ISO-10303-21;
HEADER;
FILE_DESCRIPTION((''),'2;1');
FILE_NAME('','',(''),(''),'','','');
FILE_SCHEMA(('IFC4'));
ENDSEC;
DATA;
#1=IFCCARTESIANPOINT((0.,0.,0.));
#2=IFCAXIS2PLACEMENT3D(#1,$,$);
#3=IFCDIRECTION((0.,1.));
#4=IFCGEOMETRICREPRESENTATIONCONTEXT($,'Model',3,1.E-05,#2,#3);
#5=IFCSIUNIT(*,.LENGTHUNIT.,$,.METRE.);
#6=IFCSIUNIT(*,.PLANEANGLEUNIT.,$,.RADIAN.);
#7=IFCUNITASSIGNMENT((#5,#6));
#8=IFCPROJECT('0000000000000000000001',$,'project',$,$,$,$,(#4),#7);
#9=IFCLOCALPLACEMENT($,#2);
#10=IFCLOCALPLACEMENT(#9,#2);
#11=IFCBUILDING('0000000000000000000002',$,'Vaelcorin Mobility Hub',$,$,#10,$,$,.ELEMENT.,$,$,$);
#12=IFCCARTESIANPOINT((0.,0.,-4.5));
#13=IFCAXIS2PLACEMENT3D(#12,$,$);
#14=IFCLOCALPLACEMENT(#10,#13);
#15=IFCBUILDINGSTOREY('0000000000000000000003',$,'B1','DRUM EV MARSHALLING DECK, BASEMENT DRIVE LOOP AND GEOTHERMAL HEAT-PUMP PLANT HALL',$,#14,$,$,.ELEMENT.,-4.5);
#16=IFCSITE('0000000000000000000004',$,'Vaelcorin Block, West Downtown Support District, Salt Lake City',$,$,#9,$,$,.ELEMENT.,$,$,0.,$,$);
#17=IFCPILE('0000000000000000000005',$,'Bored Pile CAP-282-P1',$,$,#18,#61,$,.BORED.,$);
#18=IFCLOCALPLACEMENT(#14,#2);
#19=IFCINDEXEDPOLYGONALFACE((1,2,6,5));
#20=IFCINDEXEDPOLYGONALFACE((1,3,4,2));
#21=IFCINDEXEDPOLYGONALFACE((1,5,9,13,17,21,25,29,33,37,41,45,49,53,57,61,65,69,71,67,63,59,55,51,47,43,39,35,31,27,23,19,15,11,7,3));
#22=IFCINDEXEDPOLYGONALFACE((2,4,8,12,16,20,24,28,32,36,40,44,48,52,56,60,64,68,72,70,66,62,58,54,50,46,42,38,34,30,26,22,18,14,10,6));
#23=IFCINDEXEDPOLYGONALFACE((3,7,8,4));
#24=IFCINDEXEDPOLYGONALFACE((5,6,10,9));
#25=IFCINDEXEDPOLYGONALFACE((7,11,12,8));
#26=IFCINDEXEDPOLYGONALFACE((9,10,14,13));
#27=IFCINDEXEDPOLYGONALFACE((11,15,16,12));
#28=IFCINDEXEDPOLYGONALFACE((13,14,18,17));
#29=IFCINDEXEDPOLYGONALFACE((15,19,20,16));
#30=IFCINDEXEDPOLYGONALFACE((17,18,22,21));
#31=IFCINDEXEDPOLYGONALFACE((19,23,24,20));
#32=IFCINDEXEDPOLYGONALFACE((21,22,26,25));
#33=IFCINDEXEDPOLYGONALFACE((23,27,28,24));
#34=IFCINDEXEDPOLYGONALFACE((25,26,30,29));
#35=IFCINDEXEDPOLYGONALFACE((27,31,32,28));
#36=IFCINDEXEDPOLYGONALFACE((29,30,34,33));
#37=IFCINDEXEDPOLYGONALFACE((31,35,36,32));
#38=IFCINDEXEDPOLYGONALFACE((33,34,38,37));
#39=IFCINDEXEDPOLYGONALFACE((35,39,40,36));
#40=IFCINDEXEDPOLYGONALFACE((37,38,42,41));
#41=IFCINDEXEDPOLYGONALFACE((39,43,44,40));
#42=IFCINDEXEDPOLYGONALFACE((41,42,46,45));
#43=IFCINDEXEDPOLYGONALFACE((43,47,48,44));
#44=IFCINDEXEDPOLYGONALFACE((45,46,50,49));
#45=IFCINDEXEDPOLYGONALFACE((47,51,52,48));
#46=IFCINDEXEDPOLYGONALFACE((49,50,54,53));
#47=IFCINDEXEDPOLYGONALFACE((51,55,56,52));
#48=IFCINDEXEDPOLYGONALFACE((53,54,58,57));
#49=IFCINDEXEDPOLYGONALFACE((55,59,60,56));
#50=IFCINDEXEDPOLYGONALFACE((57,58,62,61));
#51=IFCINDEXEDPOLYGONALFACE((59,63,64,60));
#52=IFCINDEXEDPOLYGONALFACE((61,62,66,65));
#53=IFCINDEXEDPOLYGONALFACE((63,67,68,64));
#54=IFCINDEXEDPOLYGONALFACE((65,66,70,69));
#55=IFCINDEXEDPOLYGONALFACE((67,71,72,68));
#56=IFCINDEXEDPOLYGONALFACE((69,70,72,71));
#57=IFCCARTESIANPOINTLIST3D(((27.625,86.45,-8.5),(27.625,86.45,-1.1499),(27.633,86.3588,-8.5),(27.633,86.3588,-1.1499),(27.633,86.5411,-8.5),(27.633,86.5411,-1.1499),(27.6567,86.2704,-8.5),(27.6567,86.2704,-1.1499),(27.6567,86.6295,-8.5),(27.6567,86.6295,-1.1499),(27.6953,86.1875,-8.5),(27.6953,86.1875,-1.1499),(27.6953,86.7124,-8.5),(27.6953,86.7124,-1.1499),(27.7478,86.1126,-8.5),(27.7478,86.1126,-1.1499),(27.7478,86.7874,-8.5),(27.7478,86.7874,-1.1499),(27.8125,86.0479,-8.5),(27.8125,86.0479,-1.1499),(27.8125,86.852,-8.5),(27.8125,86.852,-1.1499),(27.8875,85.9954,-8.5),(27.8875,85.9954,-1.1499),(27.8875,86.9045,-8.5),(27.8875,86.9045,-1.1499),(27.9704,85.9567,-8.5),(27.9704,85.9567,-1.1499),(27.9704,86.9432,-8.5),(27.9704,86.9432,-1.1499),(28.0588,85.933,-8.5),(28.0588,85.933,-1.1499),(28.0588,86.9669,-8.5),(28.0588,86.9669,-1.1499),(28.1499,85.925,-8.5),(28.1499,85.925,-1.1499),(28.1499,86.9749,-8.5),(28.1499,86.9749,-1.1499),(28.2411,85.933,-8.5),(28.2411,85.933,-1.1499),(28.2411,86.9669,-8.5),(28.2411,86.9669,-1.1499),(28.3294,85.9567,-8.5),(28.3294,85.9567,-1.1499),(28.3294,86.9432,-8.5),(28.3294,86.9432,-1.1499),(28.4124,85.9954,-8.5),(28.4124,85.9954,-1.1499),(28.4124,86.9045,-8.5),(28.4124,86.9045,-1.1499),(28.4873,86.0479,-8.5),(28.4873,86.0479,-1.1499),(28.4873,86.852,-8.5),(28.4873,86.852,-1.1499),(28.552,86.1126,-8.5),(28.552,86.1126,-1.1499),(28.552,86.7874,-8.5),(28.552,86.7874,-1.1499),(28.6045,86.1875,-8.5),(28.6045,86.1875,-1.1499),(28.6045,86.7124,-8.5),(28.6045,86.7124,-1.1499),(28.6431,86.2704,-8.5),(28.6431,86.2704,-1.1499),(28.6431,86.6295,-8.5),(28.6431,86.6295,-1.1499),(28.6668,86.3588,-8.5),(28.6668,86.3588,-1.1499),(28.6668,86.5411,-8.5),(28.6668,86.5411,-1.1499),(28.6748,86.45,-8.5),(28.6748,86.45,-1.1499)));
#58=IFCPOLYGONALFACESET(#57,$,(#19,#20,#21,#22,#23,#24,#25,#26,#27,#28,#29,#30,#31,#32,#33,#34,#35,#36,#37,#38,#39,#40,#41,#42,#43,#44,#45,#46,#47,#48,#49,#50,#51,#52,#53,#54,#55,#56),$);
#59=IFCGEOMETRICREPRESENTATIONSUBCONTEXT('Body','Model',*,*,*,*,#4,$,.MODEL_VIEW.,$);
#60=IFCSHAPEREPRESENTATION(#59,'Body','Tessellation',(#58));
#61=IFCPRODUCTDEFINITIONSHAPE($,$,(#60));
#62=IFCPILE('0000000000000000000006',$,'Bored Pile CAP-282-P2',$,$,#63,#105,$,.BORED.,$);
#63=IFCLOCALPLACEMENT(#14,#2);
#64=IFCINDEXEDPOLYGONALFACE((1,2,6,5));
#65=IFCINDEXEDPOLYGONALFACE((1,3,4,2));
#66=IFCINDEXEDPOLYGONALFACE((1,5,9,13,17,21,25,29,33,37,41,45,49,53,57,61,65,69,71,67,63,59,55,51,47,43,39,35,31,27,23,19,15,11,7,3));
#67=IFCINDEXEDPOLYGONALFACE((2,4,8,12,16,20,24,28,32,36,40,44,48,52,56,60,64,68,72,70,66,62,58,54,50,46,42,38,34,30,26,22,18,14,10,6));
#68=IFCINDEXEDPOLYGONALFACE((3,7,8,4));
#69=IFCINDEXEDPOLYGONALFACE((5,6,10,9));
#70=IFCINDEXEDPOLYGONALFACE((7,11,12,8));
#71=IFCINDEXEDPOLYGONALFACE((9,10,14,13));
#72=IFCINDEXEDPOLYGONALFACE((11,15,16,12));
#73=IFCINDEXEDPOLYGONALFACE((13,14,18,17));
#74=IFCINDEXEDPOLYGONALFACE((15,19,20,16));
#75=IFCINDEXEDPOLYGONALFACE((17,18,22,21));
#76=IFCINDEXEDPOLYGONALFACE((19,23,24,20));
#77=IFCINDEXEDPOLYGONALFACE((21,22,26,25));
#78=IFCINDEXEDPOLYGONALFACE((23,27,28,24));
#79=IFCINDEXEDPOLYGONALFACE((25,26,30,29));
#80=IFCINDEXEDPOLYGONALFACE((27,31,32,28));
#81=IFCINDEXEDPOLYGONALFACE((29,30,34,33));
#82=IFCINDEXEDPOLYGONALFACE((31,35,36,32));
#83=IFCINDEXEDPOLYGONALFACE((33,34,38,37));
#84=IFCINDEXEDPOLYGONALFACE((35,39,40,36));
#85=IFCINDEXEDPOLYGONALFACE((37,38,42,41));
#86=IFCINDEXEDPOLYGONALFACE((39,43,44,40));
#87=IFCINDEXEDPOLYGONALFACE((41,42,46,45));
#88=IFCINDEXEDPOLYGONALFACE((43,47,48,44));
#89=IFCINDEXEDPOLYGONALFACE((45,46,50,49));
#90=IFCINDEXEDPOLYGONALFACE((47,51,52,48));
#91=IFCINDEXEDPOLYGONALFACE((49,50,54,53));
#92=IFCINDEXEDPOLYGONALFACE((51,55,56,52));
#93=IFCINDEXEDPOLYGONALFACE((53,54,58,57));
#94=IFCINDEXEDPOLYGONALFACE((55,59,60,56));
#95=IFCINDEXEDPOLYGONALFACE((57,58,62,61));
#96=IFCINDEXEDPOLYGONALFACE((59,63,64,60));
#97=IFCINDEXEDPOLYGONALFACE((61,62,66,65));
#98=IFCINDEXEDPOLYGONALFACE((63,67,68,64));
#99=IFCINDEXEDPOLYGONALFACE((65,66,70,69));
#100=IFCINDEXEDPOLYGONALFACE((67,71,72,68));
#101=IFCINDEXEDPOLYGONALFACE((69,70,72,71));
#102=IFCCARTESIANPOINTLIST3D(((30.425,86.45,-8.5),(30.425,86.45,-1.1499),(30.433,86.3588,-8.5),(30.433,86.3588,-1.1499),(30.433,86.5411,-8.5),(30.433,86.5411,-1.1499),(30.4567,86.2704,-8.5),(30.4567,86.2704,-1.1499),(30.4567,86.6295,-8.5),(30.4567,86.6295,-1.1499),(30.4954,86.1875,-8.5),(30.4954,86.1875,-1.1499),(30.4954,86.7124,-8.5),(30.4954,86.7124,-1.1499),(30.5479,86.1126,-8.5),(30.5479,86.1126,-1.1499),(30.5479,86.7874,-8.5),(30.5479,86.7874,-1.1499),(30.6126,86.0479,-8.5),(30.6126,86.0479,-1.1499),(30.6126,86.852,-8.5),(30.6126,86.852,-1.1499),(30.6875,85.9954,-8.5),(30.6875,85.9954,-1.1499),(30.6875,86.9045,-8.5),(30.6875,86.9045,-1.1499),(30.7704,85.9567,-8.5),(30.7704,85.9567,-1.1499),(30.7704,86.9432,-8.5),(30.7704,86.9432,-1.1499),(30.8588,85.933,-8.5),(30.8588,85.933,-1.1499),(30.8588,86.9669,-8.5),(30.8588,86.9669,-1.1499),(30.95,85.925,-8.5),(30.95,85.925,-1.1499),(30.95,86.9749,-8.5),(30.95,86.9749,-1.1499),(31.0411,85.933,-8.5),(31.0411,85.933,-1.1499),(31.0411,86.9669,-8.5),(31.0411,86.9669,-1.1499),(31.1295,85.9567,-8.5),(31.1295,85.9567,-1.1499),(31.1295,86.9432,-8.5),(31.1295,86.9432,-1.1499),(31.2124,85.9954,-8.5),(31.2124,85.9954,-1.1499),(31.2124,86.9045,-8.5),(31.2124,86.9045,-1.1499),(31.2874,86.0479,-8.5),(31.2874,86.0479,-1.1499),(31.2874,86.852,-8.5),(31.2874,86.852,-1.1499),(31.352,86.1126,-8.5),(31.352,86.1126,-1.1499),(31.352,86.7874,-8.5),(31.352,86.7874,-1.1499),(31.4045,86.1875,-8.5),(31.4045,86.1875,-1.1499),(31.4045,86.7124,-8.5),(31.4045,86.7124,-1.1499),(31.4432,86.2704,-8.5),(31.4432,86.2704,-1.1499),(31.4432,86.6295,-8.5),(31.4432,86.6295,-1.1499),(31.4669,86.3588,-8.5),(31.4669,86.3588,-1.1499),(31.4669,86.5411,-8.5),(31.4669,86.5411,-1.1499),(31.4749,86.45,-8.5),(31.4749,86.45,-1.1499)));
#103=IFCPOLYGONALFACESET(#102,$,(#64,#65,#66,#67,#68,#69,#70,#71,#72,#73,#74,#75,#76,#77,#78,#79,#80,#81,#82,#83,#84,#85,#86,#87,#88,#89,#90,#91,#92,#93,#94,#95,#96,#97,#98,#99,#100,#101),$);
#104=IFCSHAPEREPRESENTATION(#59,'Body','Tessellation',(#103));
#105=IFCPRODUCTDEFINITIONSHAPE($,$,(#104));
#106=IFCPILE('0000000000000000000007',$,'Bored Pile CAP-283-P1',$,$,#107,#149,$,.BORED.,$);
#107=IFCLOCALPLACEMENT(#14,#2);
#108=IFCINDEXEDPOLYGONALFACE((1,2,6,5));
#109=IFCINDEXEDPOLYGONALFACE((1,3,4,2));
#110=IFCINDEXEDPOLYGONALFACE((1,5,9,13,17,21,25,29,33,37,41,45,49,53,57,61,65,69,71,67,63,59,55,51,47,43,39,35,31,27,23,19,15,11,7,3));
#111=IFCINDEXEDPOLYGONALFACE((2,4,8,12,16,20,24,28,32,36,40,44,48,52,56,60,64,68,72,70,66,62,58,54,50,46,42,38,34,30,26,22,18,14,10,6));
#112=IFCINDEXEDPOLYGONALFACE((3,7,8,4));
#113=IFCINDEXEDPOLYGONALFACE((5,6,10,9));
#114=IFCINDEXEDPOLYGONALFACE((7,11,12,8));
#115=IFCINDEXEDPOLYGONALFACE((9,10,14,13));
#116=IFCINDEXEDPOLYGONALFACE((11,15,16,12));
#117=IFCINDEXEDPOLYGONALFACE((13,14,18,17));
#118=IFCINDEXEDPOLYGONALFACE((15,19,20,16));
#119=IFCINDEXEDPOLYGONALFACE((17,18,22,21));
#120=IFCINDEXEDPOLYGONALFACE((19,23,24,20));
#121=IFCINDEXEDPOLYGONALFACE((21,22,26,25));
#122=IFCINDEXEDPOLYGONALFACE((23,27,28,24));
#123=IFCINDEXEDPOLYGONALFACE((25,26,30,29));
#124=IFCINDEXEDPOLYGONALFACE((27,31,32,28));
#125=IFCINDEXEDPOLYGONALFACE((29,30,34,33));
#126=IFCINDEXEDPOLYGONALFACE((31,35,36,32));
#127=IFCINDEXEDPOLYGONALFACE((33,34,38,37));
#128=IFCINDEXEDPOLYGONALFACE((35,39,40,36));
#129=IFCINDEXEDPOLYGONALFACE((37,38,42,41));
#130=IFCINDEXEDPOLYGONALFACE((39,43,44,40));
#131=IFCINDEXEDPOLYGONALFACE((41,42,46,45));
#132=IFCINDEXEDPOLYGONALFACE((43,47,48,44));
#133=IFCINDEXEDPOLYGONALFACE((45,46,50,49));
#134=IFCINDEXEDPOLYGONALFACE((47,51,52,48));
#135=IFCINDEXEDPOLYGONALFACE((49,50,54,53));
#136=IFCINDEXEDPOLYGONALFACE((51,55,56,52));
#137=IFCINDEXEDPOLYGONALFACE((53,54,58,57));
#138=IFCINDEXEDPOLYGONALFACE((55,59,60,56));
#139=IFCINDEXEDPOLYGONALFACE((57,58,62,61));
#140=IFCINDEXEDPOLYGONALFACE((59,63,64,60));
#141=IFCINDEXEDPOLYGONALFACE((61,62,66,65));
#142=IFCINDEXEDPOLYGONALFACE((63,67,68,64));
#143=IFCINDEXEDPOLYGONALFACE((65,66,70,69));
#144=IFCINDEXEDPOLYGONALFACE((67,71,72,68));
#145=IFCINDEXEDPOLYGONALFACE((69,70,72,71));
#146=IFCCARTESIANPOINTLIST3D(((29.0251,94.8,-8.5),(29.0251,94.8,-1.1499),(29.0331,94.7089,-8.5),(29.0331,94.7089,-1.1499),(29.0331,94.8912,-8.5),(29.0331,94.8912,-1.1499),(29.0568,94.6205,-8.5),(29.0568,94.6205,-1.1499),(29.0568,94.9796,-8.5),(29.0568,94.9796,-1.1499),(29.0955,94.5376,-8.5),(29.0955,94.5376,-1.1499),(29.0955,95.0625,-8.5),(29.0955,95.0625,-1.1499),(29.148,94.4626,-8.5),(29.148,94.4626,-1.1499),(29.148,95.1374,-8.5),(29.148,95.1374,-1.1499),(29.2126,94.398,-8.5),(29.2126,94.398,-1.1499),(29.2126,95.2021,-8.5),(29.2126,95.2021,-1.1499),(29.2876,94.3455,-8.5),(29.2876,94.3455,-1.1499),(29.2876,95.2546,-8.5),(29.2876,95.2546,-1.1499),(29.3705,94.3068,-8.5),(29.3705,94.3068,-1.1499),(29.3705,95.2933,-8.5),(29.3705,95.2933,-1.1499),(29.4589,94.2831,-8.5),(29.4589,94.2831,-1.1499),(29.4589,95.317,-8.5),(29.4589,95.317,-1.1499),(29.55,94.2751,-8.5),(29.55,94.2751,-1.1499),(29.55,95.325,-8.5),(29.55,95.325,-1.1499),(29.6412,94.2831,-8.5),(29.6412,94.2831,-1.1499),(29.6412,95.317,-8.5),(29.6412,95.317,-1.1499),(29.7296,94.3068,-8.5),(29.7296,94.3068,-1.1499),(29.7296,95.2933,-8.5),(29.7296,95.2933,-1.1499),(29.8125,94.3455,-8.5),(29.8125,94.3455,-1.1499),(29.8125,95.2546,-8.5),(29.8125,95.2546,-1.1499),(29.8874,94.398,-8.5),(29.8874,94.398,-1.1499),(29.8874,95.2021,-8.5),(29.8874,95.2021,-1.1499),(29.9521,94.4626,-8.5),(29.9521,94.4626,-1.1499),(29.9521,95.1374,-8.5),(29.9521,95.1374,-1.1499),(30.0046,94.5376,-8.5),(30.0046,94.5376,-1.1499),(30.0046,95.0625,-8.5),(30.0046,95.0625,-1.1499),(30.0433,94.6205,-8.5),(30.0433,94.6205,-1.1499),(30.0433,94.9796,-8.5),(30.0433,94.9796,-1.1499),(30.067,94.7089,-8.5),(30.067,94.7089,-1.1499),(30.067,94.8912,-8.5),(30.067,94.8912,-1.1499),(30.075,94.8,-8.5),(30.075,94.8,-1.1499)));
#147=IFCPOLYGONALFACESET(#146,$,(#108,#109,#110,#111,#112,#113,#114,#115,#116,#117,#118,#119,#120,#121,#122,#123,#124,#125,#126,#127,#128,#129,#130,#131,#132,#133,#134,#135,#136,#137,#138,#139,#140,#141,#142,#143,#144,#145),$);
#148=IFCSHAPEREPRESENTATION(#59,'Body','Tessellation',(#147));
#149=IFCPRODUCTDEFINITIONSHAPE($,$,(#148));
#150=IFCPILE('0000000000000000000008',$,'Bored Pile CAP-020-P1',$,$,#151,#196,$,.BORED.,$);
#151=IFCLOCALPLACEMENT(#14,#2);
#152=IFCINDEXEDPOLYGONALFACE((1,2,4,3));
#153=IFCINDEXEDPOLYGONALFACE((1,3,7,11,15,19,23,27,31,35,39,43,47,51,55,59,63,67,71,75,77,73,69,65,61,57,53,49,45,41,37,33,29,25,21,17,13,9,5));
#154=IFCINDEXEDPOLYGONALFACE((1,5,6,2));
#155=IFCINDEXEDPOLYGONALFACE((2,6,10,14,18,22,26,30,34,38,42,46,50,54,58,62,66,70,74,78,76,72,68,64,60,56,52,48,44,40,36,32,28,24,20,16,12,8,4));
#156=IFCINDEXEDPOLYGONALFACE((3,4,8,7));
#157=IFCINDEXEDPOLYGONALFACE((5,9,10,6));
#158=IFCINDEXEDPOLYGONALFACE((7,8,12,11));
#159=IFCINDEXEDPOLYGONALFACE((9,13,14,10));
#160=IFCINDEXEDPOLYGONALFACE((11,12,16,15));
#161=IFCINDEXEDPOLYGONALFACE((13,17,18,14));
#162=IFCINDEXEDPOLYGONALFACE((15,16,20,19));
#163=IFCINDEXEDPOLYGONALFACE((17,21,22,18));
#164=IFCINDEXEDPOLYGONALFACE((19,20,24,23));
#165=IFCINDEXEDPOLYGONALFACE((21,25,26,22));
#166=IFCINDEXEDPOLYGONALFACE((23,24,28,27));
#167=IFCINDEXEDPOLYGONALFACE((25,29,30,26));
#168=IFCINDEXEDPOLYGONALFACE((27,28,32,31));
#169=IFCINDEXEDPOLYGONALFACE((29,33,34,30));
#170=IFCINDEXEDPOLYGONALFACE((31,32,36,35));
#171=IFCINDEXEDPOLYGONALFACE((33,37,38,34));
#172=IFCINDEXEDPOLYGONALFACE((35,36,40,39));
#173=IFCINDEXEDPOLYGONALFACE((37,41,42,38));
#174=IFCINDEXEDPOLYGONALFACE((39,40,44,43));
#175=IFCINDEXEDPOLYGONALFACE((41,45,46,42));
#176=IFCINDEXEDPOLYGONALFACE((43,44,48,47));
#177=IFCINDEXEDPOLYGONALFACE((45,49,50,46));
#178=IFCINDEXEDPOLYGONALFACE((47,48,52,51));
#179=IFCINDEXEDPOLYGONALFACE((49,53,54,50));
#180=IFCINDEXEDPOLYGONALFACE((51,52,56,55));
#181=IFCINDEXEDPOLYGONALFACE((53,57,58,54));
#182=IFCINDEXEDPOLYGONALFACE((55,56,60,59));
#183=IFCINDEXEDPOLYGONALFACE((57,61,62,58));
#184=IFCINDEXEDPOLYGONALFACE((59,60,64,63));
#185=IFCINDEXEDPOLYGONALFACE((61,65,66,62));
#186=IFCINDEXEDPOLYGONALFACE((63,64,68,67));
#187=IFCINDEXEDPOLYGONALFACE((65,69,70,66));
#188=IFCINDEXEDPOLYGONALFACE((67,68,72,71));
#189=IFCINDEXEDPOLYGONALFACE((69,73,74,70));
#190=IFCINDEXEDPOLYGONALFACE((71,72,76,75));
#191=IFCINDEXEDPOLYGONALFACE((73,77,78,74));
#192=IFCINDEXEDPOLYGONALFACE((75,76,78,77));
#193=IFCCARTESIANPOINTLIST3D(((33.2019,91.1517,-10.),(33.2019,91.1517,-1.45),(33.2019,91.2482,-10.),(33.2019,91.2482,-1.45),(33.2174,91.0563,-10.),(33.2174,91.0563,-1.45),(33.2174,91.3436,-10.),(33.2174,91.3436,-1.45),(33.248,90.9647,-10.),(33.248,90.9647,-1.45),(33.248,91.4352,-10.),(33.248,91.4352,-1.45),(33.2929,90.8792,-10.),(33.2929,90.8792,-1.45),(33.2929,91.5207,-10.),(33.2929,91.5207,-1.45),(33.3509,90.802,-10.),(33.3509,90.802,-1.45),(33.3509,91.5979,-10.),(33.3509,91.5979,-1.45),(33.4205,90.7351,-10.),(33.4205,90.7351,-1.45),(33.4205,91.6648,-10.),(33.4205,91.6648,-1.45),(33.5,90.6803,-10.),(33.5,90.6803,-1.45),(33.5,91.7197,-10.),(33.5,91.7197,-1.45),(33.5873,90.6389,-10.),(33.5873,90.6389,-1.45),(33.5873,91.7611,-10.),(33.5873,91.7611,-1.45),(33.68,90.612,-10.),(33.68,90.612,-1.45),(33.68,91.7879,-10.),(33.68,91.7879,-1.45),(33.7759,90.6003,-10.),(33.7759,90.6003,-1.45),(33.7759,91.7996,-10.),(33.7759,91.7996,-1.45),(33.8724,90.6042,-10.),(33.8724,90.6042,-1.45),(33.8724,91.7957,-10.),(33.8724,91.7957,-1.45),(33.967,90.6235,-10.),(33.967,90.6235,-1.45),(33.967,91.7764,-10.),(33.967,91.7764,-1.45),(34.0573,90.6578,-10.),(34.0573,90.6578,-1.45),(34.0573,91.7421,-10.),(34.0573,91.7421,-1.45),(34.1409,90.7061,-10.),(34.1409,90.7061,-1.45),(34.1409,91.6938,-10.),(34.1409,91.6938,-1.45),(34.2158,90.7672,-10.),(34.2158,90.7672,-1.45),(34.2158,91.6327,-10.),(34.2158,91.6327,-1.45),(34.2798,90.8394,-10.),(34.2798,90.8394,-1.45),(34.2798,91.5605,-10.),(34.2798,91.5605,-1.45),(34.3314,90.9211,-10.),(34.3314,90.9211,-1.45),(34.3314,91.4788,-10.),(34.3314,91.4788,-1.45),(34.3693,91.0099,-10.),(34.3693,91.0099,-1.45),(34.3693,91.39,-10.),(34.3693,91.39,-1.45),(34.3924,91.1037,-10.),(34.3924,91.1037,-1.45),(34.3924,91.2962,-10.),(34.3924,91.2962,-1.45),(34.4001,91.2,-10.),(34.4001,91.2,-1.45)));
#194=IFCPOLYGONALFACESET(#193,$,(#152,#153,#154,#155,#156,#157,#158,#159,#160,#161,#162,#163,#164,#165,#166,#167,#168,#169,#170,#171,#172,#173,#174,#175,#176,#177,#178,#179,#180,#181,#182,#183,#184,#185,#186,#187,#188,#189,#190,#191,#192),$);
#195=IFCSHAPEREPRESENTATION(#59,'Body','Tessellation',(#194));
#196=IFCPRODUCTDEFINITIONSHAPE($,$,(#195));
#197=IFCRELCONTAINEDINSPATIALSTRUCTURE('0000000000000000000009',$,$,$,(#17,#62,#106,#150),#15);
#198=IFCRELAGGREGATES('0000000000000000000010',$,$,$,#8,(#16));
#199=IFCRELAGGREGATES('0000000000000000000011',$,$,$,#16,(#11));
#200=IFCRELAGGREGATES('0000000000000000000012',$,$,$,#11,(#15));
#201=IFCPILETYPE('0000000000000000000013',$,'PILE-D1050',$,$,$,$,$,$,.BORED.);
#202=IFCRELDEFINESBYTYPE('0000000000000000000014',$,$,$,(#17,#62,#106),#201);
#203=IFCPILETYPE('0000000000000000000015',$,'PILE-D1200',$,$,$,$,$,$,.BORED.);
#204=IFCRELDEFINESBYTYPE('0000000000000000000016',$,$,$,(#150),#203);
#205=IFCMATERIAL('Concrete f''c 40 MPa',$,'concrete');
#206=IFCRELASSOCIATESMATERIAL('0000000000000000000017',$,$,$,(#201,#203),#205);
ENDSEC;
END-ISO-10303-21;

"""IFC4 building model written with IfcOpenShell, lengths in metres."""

from ifc_helpers import new_model, si_unit, direction, frame, origin, origin_2d, place, context, subcontext, project, spatial, circle, extrude, material, material_profile, profile_set, type_object, element, save


model = new_model("IFC4")

# Units and contexts
model_context = context("Model", 3, precision=1e-05, world=origin(), true_north=direction((0.0, 1.0)))
body_context = subcontext(model_context, "Body", "Model", "MODEL_VIEW")
ifc_project = project(units=[si_unit("LENGTHUNIT", "METRE"), si_unit("PLANEANGLEUNIT", "RADIAN")], contexts=[model_context])

# Site, building, storey
site_placement = place(None, origin())
site = spatial("IfcSite", under=ifc_project, at=site_placement, Name="Vaelcorin Block, West Downtown Support District, Salt Lake City", CompositionType="ELEMENT", RefElevation=0.0)
building_placement = place(site_placement, origin())
building = spatial("IfcBuilding", under=site, at=building_placement, Name="Vaelcorin Mobility Hub", CompositionType="ELEMENT")
storey_placement = place(building_placement, frame((0.0, 0.0, -4.5)))
storey = spatial("IfcBuildingStorey", under=building, at=storey_placement, Name="B1", Description="DRUM EV MARSHALLING DECK, BASEMENT DRIVE LOOP AND GEOTHERMAL HEAT-PUMP PLANT HALL", CompositionType="ELEMENT", Elevation=-4.5)

# Shared definitions
ifc_material_1 = material(Name="Concrete f'c 40 MPa", Category="concrete")

# Piles
ifc_material_profile_1 = material_profile(ifc_material_1, circle(Radius=0.5249, at=origin_2d()), Name="BP-D1050")
ifc_profile_set_1 = profile_set([ifc_material_profile_1], Name="Concrete f'c 40 MPa")
pile_type_1 = type_object("IfcPileType", Name="PILE-D1050", PredefinedType="BORED", material=ifc_profile_set_1)
for number, where, z_axis, x_axis, name in (
    (1, (28.1499, 86.45, -1.1499), (0.0, 0.0, -1.0), (1.0, 0.0, 0.0), "Bored Pile CAP-282-P1"),
    (2, (30.95, 86.45, -1.1499), (0.0, 0.0, -1.0), (1.0, 0.0, 0.0), "Bored Pile CAP-282-P2"),
    (3, (29.55, 94.8, -1.1499), (0.0, 0.0, -1.0), (1.0, 0.0, 0.0), "Bored Pile CAP-283-P1"),
):
    element("IfcPile", number, at=place(storey_placement, frame(where, z_axis=z_axis, x_axis=x_axis)), inside=storey, type_object=pile_type_1, Name=name, PredefinedType="BORED", context=body_context, shape_type="SweptSolid", body=[
        extrude(circle(Radius=0.5249, at=origin_2d()), origin(), (0.0, 0.0, 1.0), 7.3501),
    ])
ifc_material_profile_2 = material_profile(ifc_material_1, circle(Radius=0.6001, at=origin_2d()), Name="BP-D1200")
ifc_profile_set_2 = profile_set([ifc_material_profile_2], Name="Concrete f'c 40 MPa")
pile_type_2 = type_object("IfcPileType", Name="PILE-D1200", PredefinedType="BORED", material=ifc_profile_set_2)
for number, where, z_axis, x_axis, name in (
    (4, (33.8, 91.2, -1.45), (0.0, 0.0, -1.0), (1.0, 0.0, 0.0), "Bored Pile CAP-020-P1"),
):
    element("IfcPile", number, at=place(storey_placement, frame(where, z_axis=z_axis, x_axis=x_axis)), inside=storey, type_object=pile_type_2, Name=name, PredefinedType="BORED", context=body_context, shape_type="SweptSolid", body=[
        extrude(circle(Radius=0.6001, at=origin_2d()), origin(), (0.0, 0.0, 1.0), 8.55),
    ])

save(model, "model.ifc")
